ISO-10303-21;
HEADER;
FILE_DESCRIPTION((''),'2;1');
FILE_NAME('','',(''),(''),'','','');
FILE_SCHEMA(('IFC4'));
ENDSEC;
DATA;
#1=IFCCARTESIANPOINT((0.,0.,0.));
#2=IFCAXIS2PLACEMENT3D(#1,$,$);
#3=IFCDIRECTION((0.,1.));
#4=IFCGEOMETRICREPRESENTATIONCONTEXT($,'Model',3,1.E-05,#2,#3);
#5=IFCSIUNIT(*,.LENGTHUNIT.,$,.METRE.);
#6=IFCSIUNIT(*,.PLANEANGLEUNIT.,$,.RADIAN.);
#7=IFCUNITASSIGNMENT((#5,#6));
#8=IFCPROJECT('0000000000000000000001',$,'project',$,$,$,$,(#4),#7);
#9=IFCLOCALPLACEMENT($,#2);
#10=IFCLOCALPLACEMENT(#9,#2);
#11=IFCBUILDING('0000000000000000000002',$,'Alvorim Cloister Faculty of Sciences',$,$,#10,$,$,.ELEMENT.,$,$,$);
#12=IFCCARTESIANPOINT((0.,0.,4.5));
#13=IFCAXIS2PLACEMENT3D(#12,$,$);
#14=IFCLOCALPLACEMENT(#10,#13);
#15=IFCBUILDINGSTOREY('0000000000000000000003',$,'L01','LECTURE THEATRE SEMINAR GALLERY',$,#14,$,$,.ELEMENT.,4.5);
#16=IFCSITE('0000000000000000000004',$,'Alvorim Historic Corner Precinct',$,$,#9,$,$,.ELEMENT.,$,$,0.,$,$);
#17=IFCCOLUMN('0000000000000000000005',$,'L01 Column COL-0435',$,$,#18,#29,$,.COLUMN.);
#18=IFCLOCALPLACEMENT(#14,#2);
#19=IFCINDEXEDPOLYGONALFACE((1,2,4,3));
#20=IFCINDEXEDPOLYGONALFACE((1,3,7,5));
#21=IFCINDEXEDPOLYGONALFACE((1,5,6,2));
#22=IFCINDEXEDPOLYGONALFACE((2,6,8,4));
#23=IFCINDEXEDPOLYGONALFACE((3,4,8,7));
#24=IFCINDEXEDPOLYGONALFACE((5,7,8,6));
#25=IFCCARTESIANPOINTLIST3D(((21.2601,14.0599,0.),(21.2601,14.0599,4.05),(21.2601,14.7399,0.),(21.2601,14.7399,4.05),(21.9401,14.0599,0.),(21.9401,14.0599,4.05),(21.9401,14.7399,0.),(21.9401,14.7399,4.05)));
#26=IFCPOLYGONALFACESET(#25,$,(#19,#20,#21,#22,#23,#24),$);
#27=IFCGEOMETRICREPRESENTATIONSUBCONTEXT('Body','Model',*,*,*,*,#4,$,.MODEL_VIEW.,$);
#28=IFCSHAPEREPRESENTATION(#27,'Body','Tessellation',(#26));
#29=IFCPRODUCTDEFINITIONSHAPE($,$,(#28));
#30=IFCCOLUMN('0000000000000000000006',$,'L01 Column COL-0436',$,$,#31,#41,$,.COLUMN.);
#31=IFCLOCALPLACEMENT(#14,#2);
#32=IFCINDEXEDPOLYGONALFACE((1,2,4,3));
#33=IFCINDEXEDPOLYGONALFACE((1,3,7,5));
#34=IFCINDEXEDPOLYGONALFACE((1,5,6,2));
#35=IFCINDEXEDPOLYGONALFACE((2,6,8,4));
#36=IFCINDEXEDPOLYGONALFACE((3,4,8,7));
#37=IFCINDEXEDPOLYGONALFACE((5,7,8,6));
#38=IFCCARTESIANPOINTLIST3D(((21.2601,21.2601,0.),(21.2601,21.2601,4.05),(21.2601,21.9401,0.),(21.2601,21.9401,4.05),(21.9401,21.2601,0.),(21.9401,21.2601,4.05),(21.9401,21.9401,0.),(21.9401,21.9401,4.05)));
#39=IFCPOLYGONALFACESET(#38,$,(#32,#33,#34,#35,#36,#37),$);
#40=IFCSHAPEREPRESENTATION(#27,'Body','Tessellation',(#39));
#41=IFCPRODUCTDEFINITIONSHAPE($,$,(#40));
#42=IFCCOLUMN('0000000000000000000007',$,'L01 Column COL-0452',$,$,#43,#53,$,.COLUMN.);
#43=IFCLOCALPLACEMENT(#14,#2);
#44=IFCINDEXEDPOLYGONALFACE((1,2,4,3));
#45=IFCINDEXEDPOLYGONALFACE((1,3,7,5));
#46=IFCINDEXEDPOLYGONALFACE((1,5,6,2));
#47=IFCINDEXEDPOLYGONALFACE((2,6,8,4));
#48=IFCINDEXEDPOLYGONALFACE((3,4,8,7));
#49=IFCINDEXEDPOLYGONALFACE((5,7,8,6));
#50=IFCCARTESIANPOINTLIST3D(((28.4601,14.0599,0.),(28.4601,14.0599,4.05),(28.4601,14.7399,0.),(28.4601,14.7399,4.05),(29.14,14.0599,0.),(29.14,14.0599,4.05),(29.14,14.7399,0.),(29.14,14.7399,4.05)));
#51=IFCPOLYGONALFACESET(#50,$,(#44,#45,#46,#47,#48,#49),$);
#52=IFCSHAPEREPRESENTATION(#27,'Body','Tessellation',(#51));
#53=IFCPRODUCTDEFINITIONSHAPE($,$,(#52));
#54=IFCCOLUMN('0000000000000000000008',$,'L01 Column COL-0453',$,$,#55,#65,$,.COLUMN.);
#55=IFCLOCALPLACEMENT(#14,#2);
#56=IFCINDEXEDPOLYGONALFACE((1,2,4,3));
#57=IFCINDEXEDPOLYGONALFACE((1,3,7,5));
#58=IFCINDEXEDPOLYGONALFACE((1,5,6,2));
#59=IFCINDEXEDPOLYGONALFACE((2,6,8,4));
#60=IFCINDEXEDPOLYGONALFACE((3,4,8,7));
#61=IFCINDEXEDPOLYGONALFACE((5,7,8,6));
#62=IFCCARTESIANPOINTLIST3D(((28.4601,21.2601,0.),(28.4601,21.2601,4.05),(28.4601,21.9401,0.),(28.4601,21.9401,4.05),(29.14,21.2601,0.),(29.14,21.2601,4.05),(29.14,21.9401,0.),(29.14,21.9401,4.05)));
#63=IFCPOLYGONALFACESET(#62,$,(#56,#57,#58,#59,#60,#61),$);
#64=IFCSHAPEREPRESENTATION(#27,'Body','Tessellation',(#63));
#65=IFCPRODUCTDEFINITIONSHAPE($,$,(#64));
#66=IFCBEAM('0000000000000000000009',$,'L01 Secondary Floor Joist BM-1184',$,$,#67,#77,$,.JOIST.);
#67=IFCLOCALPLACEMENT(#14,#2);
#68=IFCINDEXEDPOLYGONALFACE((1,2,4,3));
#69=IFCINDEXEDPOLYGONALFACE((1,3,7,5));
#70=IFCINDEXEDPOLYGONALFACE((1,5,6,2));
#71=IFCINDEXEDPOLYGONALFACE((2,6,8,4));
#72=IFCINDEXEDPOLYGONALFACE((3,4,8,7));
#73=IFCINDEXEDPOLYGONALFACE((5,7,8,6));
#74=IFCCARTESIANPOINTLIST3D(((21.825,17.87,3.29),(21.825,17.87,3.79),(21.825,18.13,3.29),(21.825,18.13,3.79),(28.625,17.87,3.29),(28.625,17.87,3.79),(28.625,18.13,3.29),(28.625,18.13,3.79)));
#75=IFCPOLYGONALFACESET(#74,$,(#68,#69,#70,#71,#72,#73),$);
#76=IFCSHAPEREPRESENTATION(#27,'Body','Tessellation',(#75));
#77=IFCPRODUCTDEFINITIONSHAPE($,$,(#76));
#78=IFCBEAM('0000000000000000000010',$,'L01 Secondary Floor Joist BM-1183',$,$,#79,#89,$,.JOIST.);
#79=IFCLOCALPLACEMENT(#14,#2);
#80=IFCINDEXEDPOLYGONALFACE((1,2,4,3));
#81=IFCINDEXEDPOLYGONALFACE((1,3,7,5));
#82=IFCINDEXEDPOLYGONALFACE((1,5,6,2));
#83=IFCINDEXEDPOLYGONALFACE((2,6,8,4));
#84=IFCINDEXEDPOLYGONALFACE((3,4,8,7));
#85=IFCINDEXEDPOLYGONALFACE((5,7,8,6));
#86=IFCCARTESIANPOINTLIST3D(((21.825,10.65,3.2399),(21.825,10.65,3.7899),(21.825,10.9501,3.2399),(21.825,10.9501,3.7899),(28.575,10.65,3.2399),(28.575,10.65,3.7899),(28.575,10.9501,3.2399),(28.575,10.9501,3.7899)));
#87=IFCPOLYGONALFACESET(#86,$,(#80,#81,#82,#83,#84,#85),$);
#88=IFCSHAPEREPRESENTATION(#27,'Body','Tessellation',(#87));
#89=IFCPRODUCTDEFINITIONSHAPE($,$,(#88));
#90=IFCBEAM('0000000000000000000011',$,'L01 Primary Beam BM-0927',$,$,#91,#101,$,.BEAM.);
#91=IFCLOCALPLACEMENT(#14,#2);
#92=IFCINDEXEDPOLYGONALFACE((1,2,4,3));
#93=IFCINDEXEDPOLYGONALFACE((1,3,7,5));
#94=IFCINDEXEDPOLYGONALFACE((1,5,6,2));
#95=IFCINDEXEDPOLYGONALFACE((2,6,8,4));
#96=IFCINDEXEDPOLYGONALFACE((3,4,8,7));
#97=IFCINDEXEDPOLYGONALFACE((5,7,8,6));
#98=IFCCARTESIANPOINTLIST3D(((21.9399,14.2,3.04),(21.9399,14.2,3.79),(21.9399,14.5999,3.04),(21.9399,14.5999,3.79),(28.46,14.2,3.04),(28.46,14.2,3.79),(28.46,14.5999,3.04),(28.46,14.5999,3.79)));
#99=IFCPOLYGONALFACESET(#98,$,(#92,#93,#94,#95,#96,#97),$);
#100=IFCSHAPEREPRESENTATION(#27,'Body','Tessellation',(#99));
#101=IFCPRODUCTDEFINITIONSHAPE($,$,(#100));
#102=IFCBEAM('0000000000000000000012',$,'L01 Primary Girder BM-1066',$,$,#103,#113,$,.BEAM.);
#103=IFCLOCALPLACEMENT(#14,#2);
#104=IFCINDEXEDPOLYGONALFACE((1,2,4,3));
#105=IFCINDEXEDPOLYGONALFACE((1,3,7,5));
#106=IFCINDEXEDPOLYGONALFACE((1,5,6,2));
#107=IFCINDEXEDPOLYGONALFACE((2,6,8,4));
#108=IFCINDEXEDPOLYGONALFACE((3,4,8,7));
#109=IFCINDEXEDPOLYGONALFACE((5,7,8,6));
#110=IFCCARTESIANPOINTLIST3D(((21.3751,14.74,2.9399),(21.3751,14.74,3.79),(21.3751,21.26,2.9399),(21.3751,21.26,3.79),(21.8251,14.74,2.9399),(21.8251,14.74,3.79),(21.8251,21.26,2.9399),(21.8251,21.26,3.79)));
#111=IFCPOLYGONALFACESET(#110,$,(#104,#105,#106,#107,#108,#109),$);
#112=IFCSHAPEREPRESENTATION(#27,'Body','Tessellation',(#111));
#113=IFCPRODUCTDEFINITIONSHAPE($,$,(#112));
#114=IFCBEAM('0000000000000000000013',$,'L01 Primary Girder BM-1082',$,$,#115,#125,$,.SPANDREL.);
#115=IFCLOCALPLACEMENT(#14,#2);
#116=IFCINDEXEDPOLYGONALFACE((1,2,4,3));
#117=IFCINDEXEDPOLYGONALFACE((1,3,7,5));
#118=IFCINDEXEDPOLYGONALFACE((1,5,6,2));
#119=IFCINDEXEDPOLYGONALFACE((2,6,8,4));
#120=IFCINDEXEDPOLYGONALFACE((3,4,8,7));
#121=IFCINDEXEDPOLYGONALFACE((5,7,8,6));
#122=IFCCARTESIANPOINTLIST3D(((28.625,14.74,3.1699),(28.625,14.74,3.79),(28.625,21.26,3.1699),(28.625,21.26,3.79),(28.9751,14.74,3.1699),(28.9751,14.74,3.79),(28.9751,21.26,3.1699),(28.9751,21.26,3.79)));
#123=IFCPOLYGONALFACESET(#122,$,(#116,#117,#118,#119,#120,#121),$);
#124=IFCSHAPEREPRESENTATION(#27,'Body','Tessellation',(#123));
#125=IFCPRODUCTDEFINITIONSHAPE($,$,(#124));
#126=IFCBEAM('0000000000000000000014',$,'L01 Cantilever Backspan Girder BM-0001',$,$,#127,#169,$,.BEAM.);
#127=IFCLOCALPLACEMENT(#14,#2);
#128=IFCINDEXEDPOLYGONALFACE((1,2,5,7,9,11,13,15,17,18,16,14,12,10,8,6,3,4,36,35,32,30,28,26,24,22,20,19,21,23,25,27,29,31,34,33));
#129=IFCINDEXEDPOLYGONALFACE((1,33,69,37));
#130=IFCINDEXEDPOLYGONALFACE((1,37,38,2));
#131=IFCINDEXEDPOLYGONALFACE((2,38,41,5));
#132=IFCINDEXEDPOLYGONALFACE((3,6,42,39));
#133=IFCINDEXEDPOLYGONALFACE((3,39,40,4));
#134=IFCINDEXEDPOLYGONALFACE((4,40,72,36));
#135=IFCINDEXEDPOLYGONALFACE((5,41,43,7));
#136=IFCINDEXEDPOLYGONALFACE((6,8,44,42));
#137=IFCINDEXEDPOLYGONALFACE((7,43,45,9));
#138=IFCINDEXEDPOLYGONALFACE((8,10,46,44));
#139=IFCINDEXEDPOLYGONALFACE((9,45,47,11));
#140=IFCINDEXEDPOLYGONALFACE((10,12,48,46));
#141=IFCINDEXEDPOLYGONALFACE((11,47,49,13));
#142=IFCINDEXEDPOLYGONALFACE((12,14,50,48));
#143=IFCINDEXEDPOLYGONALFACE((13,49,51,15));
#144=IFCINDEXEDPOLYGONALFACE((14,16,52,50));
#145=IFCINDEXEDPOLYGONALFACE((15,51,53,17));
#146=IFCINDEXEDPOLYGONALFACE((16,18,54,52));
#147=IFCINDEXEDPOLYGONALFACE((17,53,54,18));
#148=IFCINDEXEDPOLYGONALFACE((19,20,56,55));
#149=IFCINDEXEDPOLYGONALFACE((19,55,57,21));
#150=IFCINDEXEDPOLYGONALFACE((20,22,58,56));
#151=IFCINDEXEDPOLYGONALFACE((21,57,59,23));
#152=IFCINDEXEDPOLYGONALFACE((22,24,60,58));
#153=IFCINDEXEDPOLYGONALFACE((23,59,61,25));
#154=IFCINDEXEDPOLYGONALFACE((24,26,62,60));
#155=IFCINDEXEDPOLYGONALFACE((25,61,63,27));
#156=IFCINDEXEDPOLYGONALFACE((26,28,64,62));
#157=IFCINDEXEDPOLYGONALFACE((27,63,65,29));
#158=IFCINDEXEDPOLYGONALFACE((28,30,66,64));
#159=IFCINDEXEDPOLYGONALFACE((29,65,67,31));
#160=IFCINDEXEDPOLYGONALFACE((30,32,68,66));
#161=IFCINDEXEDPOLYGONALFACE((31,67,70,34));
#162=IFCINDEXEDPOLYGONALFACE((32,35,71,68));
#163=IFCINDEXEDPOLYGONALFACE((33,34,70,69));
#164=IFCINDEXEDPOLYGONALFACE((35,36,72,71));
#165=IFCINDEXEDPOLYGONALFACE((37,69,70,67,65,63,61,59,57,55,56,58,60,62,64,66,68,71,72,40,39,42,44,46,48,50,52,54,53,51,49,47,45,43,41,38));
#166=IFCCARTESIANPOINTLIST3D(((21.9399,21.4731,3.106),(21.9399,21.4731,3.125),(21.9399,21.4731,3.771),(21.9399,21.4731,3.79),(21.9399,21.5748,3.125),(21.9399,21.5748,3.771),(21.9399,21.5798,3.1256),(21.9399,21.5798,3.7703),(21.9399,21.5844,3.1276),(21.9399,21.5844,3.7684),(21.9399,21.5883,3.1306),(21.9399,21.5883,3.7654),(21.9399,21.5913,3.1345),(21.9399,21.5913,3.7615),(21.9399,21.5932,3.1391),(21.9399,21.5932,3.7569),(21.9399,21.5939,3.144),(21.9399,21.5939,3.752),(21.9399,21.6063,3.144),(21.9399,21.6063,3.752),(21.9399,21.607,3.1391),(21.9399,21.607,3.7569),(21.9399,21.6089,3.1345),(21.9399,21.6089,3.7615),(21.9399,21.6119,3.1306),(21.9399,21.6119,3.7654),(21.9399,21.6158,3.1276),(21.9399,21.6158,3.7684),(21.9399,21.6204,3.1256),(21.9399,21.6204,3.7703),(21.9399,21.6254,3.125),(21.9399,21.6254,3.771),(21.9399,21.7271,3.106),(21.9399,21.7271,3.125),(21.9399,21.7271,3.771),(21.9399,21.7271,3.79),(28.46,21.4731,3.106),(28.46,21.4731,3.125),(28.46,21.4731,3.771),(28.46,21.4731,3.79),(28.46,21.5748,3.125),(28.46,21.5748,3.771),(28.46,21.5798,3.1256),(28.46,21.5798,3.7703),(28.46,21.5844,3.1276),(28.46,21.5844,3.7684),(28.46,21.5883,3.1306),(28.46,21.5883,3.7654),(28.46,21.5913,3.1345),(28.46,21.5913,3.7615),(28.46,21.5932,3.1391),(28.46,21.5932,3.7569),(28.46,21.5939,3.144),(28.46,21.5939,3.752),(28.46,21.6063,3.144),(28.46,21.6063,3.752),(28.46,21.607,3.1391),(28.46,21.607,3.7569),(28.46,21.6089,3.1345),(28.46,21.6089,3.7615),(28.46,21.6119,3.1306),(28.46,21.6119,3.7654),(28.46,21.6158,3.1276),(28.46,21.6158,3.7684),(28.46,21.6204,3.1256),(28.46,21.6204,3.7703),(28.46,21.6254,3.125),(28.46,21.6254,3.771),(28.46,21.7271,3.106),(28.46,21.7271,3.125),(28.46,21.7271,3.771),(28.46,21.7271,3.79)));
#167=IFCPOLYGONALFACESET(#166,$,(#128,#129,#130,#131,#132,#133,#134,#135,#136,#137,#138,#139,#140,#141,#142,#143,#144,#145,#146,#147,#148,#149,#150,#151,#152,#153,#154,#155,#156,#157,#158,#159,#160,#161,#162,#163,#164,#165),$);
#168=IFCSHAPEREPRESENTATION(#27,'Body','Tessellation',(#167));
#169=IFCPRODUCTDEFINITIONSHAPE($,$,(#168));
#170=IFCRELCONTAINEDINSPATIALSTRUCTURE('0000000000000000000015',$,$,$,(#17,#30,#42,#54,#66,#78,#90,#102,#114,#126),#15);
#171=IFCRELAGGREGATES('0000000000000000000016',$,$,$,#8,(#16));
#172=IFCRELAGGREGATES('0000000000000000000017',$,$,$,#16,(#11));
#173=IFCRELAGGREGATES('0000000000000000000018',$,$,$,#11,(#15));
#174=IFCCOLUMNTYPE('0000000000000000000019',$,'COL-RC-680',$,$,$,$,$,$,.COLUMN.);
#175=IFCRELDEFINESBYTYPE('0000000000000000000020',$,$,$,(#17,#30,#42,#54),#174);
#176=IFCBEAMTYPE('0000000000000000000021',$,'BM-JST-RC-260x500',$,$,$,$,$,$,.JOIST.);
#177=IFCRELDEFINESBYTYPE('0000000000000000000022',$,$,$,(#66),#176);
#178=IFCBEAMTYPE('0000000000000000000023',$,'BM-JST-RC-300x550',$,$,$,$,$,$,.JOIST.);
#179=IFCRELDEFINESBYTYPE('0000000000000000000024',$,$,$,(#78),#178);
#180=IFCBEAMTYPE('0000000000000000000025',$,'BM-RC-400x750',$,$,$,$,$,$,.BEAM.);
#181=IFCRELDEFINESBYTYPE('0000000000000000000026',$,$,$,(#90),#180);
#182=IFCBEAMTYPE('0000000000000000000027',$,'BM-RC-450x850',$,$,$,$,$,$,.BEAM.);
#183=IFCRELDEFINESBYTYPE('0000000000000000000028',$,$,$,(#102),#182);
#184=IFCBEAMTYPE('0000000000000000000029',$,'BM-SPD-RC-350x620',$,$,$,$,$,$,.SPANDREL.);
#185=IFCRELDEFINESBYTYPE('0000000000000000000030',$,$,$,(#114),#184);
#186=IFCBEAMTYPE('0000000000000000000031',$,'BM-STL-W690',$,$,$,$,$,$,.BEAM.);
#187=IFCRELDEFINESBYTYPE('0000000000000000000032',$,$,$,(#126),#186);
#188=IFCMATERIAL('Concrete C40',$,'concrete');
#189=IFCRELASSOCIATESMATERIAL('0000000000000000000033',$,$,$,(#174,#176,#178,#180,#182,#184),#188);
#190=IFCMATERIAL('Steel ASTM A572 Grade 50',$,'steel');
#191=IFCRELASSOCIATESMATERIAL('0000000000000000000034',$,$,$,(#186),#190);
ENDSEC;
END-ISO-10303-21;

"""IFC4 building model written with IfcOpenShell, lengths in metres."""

from ifc_helpers import new_model, si_unit, direction, frame, origin, origin_2d, place, context, subcontext, project, spatial, rectangle, i_section, extrude, material, material_profile, profile_set, type_object, element, save


model = new_model("IFC4")

# Units and contexts
model_context = context("Model", 3, precision=1e-05, world=origin(), true_north=direction((0.0, 1.0)))
body_context = subcontext(model_context, "Body", "Model", "MODEL_VIEW")
ifc_project = project(units=[si_unit("LENGTHUNIT", "METRE"), si_unit("PLANEANGLEUNIT", "RADIAN")], contexts=[model_context])

# Site, building, storey
site_placement = place(None, origin())
site = spatial("IfcSite", under=ifc_project, at=site_placement, Name="Alvorim Historic Corner Precinct", CompositionType="ELEMENT", RefElevation=0.0)
building_placement = place(site_placement, origin())
building = spatial("IfcBuilding", under=site, at=building_placement, Name="Alvorim Cloister Faculty of Sciences", CompositionType="ELEMENT")
storey_placement = place(building_placement, frame((0.0, 0.0, 4.5)))
storey = spatial("IfcBuildingStorey", under=building, at=storey_placement, Name="L01", Description="LECTURE THEATRE SEMINAR GALLERY", CompositionType="ELEMENT", Elevation=4.5)

# Columns
ifc_material_1 = material(Name="Concrete C40", Category="concrete")
ifc_material_profile_1 = material_profile(ifc_material_1, rectangle(XDim=0.6799, YDim=0.6799, at=origin_2d()), Name="RC40-COL-680x680")
ifc_profile_set_1 = profile_set([ifc_material_profile_1], Name="Concrete C40")
column_type = type_object("IfcColumnType", Name="COL-RC-680", PredefinedType="COLUMN", material=ifc_profile_set_1)
for number, where, z_axis, x_axis, name in (
    (1, (21.6001, 14.3999, 0.0), (0.0, 0.0, 1.0), (1.0, 0.0, 0.0), "L01 Column COL-0435"),
    (2, (21.6001, 21.6001, 0.0), (0.0, 0.0, 1.0), (1.0, 0.0, 0.0), "L01 Column COL-0436"),
    (3, (28.8, 14.3999, 0.0), (0.0, 0.0, 1.0), (1.0, 0.0, 0.0), "L01 Column COL-0452"),
    (4, (28.8, 21.6001, 0.0), (0.0, 0.0, 1.0), (1.0, 0.0, 0.0), "L01 Column COL-0453"),
):
    element("IfcColumn", number, at=place(storey_placement, frame(where, z_axis=z_axis, x_axis=x_axis)), inside=storey, type_object=column_type, Name=name, PredefinedType="COLUMN", context=body_context, shape_type="SweptSolid", body=[
        extrude(rectangle(XDim=0.6799, YDim=0.6799, at=origin_2d()), origin(), (0.0, 0.0, 1.0), 4.05),
    ])

# Beams
ifc_material_profile_2 = material_profile(ifc_material_1, rectangle(XDim=0.26, YDim=0.5, at=origin_2d()), Name="RC40-JST-260x500")
ifc_profile_set_2 = profile_set([ifc_material_profile_2], Name="Concrete C40")
beam_type_1 = type_object("IfcBeamType", Name="BM-JST-RC-260x500", PredefinedType="JOIST", material=ifc_profile_set_2)
beam_1_placement = place(storey_placement, frame((21.825, 18.0, 3.54), z_axis=(1.0, 0.0, 0.0), x_axis=(0.0, 1.0, 0.0)))
element("IfcBeam", 5, at=beam_1_placement, inside=storey, type_object=beam_type_1, Name="L01 Secondary Floor Joist BM-1184", PredefinedType="JOIST", context=body_context, shape_type="SweptSolid", body=[
    extrude(rectangle(XDim=0.26, YDim=0.5, at=origin_2d()), origin(), (0.0, 0.0, 1.0), 6.8),
])
ifc_material_profile_3 = material_profile(ifc_material_1, rectangle(XDim=0.3, YDim=0.55, at=origin_2d()), Name="RC40-JST-300x550")
ifc_profile_set_3 = profile_set([ifc_material_profile_3], Name="Concrete C40")
beam_type_2 = type_object("IfcBeamType", Name="BM-JST-RC-300x550", PredefinedType="JOIST", material=ifc_profile_set_3)
beam_2_placement = place(storey_placement, frame((21.825, 10.8, 3.5149), z_axis=(1.0, 0.0, 0.0), x_axis=(0.0, 1.0, 0.0)))
element("IfcBeam", 6, at=beam_2_placement, inside=storey, type_object=beam_type_2, Name="L01 Secondary Floor Joist BM-1183", PredefinedType="JOIST", context=body_context, shape_type="SweptSolid", body=[
    extrude(rectangle(XDim=0.3, YDim=0.55, at=origin_2d()), origin(), (0.0, 0.0, 1.0), 6.75),
])
ifc_material_profile_4 = material_profile(ifc_material_1, rectangle(XDim=0.3999, YDim=0.75, at=origin_2d()), Name="RC40-BM-400x750")
ifc_profile_set_4 = profile_set([ifc_material_profile_4], Name="Concrete C40")
beam_type_3 = type_object("IfcBeamType", Name="BM-RC-400x750", PredefinedType="BEAM", material=ifc_profile_set_4)
beam_3_placement = place(storey_placement, frame((21.9399, 14.3999, 3.415), z_axis=(1.0, 0.0, 0.0), x_axis=(0.0, 1.0, 0.0)))
element("IfcBeam", 7, at=beam_3_placement, inside=storey, type_object=beam_type_3, Name="L01 Primary Beam BM-0927", PredefinedType="BEAM", context=body_context, shape_type="SweptSolid", body=[
    extrude(rectangle(XDim=0.3999, YDim=0.75, at=origin_2d()), origin(), (0.0, 0.0, 1.0), 6.52),
])
ifc_material_profile_5 = material_profile(ifc_material_1, rectangle(XDim=0.45, YDim=0.8501, at=origin_2d()), Name="RC40-BM-450x850")
ifc_profile_set_5 = profile_set([ifc_material_profile_5], Name="Concrete C40")
beam_type_4 = type_object("IfcBeamType", Name="BM-RC-450x850", PredefinedType="BEAM", material=ifc_profile_set_5)
beam_4_placement = place(storey_placement, frame((21.6001, 14.74, 3.365), z_axis=(0.0, 1.0, 0.0), x_axis=(-1.0, 0.0, 0.0)))
element("IfcBeam", 8, at=beam_4_placement, inside=storey, type_object=beam_type_4, Name="L01 Primary Girder BM-1066", PredefinedType="BEAM", context=body_context, shape_type="SweptSolid", body=[
    extrude(rectangle(XDim=0.45, YDim=0.8501, at=origin_2d()), origin(), (0.0, 0.0, 1.0), 6.52),
])
ifc_material_profile_6 = material_profile(ifc_material_1, rectangle(XDim=0.3501, YDim=0.6201, at=origin_2d()), Name="RC40-SPD-350x620")
ifc_profile_set_6 = profile_set([ifc_material_profile_6], Name="Concrete C40")
beam_type_5 = type_object("IfcBeamType", Name="BM-SPD-RC-350x620", PredefinedType="SPANDREL", material=ifc_profile_set_6)
beam_5_placement = place(storey_placement, frame((28.8, 14.74, 3.48), z_axis=(0.0, 1.0, 0.0), x_axis=(-1.0, 0.0, 0.0)))
element("IfcBeam", 9, at=beam_5_placement, inside=storey, type_object=beam_type_5, Name="L01 Primary Girder BM-1082", PredefinedType="SPANDREL", context=body_context, shape_type="SweptSolid", body=[
    extrude(rectangle(XDim=0.3501, YDim=0.6201, at=origin_2d()), origin(), (0.0, 0.0, 1.0), 6.52),
])
ifc_material_2 = material(Name="Steel ASTM A572 Grade 50", Category="steel")
ifc_material_profile_7 = material_profile(ifc_material_2, i_section(OverallWidth=0.2539, OverallDepth=0.6841, WebThickness=0.0125, FlangeThickness=0.019, FilletRadius=0.019, at=origin_2d()), Name="W690x140.0")
ifc_profile_set_7 = profile_set([ifc_material_profile_7], Name="Steel ASTM A572 Grade 50")
beam_type_6 = type_object("IfcBeamType", Name="BM-STL-W690", PredefinedType="BEAM", material=ifc_profile_set_7)
beam_6_placement = place(storey_placement, frame((21.9399, 21.6001, 3.448), z_axis=(1.0, 0.0, 0.0), x_axis=(0.0, 1.0, 0.0)))
element("IfcBeam", 10, at=beam_6_placement, inside=storey, type_object=beam_type_6, Name="L01 Cantilever Backspan Girder BM-0001", PredefinedType="BEAM", context=body_context, shape_type="SweptSolid", body=[
    extrude(i_section(OverallWidth=0.2539, OverallDepth=0.6841, WebThickness=0.0125, FlangeThickness=0.019, FilletRadius=0.019, at=origin_2d()), origin(), (0.0, 0.0, 1.0), 6.52),
])

save(model, "model.ifc")
